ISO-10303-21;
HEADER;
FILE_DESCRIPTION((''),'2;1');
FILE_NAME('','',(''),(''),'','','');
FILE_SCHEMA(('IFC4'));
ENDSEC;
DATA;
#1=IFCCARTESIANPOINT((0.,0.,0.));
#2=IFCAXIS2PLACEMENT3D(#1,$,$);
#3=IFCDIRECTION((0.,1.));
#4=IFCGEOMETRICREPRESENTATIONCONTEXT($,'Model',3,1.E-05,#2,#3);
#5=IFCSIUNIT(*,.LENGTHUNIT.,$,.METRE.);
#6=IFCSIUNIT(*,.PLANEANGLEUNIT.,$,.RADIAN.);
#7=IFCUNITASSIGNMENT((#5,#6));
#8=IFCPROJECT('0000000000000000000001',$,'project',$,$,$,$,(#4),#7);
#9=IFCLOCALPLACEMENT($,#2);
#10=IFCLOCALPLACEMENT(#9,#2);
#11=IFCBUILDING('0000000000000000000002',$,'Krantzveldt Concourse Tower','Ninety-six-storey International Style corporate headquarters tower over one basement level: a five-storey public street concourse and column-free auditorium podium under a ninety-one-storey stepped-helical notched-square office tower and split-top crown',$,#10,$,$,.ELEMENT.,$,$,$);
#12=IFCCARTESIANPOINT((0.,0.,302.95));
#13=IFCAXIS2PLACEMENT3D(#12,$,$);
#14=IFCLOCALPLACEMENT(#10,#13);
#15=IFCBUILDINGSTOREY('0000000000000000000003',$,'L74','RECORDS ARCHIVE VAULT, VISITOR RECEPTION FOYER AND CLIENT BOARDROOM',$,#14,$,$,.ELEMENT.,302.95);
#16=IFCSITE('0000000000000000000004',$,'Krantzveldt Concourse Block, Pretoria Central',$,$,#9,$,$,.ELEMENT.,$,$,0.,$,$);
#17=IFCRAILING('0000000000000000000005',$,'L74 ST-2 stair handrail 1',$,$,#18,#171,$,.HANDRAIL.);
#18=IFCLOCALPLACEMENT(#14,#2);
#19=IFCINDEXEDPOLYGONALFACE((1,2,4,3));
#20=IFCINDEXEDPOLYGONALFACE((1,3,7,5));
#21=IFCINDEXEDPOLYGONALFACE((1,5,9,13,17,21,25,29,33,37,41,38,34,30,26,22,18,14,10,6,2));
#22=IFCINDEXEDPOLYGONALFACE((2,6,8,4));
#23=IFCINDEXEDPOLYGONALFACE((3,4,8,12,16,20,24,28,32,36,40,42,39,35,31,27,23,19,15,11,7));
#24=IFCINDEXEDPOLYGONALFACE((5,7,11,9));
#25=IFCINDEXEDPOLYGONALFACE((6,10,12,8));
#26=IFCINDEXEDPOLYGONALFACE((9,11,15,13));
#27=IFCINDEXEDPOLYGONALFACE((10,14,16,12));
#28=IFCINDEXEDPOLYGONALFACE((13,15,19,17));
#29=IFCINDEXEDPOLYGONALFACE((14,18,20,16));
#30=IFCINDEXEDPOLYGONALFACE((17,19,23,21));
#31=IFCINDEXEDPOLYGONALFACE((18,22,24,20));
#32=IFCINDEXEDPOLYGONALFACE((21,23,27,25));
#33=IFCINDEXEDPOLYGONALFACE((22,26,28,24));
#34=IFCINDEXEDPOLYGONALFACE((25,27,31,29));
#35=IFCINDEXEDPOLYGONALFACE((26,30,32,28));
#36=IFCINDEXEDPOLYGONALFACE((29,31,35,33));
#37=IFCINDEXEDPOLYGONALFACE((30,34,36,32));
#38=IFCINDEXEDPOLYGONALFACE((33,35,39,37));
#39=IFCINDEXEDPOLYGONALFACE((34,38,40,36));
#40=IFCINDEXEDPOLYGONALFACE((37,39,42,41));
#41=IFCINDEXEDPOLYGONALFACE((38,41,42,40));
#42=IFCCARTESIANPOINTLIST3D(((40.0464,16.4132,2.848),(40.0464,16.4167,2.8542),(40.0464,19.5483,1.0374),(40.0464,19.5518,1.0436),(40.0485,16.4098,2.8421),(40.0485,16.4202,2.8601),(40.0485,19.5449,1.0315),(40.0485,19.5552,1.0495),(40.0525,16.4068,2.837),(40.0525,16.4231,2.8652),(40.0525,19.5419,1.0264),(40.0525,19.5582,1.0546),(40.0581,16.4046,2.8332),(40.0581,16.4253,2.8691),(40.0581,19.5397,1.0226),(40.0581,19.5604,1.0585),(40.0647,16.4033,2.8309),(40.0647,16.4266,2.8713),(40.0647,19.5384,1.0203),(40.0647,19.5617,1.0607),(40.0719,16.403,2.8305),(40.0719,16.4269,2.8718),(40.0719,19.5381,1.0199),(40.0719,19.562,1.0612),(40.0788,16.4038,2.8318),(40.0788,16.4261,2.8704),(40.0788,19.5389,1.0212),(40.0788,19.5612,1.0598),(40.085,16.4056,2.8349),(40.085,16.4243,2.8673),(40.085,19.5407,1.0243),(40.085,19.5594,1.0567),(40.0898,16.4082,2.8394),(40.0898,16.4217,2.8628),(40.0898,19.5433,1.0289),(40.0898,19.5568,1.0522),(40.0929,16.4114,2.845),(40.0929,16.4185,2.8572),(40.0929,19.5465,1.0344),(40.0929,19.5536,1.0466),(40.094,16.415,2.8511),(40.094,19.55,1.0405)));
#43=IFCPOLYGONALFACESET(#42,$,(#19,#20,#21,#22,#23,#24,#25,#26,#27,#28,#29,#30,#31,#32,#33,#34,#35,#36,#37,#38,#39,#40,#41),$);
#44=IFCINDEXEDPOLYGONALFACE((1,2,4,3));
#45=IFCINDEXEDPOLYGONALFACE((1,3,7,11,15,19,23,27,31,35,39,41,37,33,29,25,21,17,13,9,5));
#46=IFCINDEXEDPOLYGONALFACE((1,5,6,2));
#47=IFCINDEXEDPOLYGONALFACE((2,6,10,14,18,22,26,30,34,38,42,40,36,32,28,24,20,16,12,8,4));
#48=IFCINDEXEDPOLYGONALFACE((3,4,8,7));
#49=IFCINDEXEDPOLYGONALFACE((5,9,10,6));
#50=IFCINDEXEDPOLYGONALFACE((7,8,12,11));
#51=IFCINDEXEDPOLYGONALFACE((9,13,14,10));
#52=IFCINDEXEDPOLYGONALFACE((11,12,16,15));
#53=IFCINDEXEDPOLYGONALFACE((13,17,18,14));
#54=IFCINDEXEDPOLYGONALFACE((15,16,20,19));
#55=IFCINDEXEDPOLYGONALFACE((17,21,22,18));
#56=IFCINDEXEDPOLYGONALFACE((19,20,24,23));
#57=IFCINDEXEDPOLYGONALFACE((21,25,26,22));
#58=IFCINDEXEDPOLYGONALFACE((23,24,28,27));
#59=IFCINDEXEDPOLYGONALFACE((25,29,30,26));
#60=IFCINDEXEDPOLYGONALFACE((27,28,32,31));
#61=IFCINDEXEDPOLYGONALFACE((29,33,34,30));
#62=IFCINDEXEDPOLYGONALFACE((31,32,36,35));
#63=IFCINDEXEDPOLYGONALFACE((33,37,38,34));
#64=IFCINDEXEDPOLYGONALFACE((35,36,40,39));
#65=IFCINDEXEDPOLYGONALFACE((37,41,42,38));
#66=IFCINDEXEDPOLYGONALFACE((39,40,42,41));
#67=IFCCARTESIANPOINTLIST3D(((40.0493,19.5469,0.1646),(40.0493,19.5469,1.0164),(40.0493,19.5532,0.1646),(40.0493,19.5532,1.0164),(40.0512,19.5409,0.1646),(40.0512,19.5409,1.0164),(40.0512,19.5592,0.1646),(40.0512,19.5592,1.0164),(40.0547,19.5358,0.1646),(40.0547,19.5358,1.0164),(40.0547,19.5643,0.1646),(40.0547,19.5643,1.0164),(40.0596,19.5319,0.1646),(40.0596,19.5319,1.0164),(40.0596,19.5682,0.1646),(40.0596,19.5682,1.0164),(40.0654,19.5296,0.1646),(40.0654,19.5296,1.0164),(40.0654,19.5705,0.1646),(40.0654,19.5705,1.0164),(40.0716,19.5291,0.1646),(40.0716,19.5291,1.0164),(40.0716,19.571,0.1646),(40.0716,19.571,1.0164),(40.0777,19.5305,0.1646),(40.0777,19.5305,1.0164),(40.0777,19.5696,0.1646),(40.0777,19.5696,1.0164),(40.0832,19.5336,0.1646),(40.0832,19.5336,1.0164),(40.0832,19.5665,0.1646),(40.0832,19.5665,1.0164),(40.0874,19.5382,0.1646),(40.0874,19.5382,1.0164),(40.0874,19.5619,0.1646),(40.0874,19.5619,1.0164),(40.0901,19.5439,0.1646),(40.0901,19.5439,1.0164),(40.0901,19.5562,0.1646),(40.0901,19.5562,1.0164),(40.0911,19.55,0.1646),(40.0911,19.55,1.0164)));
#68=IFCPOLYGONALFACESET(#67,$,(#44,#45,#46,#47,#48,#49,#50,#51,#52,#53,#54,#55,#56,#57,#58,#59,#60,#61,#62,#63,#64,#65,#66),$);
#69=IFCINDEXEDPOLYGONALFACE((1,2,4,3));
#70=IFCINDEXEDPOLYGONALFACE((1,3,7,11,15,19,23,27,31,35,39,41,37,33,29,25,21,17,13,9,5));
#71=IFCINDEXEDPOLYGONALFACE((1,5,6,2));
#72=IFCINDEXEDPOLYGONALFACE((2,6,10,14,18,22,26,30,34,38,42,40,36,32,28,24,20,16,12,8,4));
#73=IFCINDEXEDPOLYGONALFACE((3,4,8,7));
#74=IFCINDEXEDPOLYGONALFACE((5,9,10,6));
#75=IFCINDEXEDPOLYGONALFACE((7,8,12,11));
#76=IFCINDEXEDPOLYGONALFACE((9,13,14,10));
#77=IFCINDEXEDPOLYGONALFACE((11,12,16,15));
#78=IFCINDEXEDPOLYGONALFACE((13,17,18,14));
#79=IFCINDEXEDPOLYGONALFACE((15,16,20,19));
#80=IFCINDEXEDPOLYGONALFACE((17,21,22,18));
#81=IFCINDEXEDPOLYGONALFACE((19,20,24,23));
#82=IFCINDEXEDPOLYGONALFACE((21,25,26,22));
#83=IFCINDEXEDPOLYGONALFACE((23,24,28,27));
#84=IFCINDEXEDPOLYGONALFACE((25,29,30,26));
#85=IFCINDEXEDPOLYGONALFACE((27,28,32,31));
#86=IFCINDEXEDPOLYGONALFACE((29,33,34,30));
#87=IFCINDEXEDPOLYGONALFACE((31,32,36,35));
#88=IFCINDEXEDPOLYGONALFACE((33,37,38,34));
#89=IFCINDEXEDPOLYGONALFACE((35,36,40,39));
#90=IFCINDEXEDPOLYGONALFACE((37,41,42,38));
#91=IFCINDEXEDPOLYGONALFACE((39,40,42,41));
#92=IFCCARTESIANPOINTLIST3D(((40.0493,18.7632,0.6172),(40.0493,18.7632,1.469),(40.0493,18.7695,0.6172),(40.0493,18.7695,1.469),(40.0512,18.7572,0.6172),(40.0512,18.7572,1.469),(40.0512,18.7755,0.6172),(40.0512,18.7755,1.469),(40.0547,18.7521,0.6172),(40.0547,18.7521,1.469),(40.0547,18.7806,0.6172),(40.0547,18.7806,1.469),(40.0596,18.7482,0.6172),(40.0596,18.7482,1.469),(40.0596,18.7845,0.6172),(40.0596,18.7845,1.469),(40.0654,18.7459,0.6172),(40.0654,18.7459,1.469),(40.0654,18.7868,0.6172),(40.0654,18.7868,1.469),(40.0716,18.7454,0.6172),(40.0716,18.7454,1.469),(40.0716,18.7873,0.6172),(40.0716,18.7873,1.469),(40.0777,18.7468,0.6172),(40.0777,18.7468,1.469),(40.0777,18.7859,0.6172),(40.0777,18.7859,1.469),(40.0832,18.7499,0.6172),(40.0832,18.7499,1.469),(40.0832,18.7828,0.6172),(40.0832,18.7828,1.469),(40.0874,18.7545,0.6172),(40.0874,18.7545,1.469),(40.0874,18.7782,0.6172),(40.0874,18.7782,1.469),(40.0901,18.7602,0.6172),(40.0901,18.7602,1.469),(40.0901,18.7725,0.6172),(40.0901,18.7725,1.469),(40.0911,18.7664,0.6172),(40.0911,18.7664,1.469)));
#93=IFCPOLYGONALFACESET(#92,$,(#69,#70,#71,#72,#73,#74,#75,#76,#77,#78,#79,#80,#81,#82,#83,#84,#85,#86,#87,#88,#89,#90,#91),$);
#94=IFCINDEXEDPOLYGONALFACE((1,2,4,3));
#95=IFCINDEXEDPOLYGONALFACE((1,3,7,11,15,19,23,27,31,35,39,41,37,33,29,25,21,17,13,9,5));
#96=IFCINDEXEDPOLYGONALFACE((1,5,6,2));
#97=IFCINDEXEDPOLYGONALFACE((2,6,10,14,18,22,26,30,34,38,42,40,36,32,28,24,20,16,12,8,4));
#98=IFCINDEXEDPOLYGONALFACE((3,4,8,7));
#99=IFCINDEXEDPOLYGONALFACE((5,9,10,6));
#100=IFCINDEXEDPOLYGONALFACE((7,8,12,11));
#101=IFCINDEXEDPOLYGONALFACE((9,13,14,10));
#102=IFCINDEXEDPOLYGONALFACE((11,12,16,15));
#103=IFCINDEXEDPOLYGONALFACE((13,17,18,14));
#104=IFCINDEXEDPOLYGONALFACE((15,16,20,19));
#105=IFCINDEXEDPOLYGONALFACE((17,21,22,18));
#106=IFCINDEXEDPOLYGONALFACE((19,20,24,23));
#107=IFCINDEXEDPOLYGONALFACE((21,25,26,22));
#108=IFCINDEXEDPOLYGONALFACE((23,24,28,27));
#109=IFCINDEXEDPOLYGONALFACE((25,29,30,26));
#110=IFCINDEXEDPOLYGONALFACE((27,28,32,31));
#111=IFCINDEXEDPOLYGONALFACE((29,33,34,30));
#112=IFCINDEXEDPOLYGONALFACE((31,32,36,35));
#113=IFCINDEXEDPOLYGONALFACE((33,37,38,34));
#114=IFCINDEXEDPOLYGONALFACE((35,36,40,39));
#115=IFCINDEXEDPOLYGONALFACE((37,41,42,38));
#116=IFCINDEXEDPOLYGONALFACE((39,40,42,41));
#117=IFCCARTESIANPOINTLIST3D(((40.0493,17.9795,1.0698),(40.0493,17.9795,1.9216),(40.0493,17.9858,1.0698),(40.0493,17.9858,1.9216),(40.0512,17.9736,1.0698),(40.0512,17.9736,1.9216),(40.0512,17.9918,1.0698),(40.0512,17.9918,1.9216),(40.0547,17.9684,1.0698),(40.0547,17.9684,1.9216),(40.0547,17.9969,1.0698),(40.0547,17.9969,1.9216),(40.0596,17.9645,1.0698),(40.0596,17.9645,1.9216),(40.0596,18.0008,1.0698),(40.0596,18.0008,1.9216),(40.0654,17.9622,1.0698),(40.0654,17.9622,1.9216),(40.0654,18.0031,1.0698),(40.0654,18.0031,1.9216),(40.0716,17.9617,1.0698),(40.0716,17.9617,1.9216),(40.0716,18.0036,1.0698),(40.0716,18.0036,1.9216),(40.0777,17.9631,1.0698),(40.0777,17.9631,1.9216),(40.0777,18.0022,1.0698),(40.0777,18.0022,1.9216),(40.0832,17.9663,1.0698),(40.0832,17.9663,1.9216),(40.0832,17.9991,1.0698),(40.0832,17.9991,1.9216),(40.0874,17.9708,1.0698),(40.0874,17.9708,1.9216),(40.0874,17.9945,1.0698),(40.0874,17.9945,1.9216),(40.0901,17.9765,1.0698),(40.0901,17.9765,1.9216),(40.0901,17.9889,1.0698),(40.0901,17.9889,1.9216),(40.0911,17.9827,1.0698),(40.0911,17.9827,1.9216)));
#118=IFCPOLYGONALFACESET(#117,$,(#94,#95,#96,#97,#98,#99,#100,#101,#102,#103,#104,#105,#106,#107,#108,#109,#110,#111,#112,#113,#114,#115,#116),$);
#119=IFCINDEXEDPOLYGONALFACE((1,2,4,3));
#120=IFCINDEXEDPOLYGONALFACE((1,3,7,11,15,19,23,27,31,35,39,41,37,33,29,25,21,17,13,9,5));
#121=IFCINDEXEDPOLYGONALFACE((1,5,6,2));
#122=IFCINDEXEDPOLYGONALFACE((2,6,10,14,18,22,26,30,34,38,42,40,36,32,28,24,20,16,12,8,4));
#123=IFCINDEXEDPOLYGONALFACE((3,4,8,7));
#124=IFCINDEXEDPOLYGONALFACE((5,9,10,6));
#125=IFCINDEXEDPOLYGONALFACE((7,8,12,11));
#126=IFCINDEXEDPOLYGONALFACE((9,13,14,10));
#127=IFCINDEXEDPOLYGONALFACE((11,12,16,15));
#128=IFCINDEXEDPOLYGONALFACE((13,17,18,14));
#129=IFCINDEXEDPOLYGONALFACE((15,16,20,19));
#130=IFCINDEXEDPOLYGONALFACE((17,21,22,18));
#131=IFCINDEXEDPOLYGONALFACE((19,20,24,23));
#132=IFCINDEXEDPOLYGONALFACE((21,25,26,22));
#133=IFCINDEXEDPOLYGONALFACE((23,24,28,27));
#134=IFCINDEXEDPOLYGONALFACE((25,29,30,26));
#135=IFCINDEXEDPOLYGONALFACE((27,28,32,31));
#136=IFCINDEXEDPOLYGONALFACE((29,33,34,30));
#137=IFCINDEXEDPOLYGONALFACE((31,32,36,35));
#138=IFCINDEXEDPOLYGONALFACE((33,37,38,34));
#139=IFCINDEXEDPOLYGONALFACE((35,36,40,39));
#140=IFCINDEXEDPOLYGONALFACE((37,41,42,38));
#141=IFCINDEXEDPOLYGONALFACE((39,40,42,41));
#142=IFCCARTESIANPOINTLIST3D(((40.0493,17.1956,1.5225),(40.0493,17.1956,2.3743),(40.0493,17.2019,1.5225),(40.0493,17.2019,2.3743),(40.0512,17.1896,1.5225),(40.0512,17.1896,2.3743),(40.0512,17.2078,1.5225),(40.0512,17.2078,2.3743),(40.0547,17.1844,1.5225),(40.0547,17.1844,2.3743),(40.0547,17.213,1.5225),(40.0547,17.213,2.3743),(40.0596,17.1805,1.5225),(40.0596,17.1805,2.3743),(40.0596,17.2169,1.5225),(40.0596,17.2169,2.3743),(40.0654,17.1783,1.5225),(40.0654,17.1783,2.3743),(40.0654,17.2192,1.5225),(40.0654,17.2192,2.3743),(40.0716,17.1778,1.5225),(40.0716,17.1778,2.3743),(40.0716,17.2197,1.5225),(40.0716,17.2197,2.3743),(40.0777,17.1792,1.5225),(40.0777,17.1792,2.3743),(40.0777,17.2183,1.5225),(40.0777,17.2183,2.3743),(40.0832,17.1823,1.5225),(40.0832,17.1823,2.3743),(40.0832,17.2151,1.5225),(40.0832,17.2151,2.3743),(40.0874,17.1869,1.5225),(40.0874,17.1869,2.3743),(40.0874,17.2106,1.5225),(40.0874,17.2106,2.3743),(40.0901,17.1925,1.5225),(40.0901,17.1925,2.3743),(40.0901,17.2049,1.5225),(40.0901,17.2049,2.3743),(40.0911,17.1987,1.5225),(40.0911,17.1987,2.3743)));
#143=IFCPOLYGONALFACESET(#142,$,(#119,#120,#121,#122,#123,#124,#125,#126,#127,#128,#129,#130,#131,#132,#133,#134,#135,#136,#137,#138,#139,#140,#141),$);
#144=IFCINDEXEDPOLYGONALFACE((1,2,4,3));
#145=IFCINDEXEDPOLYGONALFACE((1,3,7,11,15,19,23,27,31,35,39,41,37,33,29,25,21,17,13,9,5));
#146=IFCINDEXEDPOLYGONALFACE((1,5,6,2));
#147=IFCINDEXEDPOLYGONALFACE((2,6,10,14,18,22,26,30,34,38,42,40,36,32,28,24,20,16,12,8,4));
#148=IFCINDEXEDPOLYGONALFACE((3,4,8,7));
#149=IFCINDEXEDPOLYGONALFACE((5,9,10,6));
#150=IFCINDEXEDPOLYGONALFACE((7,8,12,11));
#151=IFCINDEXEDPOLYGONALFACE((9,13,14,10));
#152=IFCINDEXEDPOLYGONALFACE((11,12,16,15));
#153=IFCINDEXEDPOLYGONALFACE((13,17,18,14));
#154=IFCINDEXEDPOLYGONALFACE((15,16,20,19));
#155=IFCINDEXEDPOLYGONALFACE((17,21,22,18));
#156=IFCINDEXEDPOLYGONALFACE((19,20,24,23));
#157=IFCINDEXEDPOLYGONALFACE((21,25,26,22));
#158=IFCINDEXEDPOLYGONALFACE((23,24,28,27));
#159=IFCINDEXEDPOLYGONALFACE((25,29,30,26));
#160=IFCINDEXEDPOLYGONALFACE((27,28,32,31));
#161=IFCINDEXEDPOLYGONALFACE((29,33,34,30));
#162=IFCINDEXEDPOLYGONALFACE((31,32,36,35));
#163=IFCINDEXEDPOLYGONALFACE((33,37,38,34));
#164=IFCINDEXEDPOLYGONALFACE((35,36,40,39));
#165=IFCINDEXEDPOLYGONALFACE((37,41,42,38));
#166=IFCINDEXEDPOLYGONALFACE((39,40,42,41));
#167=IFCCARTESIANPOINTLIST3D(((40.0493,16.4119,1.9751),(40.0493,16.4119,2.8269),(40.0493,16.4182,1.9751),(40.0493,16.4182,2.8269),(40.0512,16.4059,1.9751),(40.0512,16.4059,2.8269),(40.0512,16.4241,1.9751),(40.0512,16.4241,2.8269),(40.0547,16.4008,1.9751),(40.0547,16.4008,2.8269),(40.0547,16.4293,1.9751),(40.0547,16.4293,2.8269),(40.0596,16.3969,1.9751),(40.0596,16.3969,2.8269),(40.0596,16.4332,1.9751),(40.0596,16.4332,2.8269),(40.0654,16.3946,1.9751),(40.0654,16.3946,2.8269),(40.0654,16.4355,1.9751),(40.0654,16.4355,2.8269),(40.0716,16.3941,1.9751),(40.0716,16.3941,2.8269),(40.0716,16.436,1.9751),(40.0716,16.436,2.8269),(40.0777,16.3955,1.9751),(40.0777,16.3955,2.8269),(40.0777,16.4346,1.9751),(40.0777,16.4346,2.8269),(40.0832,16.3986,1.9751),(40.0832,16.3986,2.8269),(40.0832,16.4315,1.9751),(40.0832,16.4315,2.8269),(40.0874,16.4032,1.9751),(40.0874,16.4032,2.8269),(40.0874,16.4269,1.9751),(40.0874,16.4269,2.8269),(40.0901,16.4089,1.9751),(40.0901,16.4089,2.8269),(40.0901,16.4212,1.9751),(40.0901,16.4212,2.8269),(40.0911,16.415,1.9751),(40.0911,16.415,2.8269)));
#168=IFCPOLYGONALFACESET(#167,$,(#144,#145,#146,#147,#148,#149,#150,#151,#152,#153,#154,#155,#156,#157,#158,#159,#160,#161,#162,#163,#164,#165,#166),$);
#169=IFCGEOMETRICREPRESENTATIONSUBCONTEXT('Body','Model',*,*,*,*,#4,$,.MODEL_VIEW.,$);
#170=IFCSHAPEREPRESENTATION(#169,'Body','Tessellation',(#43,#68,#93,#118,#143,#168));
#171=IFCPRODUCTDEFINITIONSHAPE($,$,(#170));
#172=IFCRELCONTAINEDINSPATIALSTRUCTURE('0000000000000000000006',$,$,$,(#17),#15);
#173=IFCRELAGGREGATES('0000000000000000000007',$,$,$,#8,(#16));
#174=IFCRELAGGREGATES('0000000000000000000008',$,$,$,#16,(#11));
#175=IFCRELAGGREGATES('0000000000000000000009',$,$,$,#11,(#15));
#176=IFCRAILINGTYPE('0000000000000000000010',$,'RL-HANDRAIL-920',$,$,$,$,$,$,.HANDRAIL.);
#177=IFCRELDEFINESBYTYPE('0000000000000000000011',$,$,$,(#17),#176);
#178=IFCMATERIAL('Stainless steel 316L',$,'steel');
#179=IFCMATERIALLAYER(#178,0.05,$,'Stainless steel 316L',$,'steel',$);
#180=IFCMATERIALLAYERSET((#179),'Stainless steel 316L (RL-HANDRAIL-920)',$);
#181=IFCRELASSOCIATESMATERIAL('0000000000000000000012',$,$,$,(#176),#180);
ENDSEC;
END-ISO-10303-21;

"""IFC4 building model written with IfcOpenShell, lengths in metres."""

from ifc_helpers import new_model, si_unit, direction, frame, origin, origin_2d, place, context, subcontext, project, spatial, circle, extrude, material, layer, layer_set, type_object, element, save


model = new_model("IFC4")

# Units and contexts
model_context = context("Model", 3, precision=1e-05, world=origin(), true_north=direction((0.0, 1.0)))
body_context = subcontext(model_context, "Body", "Model", "MODEL_VIEW")
ifc_project = project(units=[si_unit("LENGTHUNIT", "METRE"), si_unit("PLANEANGLEUNIT", "RADIAN")], contexts=[model_context])

# Site, building, storey
site_placement = place(None, origin())
site = spatial("IfcSite", under=ifc_project, at=site_placement, Name="Krantzveldt Concourse Block, Pretoria Central", CompositionType="ELEMENT", RefElevation=0.0)
building_placement = place(site_placement, origin())
building = spatial("IfcBuilding", under=site, at=building_placement, Name="Krantzveldt Concourse Tower", Description="Ninety-six-storey International Style corporate headquarters tower over one basement level: a five-storey public street concourse and column-free auditorium podium under a ninety-one-storey stepped-helical notched-square office tower and split-top crown", CompositionType="ELEMENT")
storey_placement = place(building_placement, frame((0.0, 0.0, 302.95)))
storey = spatial("IfcBuildingStorey", under=building, at=storey_placement, Name="L74", Description="RECORDS ARCHIVE VAULT, VISITOR RECEPTION FOYER AND CLIENT BOARDROOM", CompositionType="ELEMENT", Elevation=302.95)

# Shared definitions
ifc_material_1 = material(Name="Stainless steel 316L", Category="steel")

# Railing
ifc_layer_1 = layer(ifc_material_1, 0.05, Name="Stainless steel 316L", Category="steel")
ifc_layer_set_1 = layer_set([ifc_layer_1], Name="Stainless steel 316L (RL-HANDRAIL-920)")
railing_type_1 = type_object("IfcRailingType", Name="RL-HANDRAIL-920", PredefinedType="HANDRAIL", material=ifc_layer_set_1)
railing_1_placement = place(storey_placement, frame((40.0701, 19.55, 0.1646)))
element("IfcRailing", 1, at=railing_1_placement, inside=storey, type_object=railing_type_1, Name="L74 ST-2 stair handrail 1", PredefinedType="HANDRAIL", context=body_context, shape_type="SweptSolid", body=[
    extrude(circle(Radius=0.0239, at=origin_2d()), frame((0.0, 0.0, 0.876), z_axis=(0.0, -0.86596, 0.500114), x_axis=(1.0, 0.0, 0.0)), (0.0, 0.0, 1.0), 3.6204),
    extrude(circle(Radius=0.021, at=origin_2d()), origin(), (0.0, 0.0, 1.0), 0.8518),
    extrude(circle(Radius=0.021, at=origin_2d()), frame((0.0, -0.7837, 0.4526)), (0.0, 0.0, 1.0), 0.8518),
    extrude(circle(Radius=0.021, at=origin_2d()), frame((0.0, -1.5674, 0.9053)), (0.0, 0.0, 1.0), 0.8518),
    extrude(circle(Radius=0.021, at=origin_2d()), frame((0.0, -2.3513, 1.3579)), (0.0, 0.0, 1.0), 0.8518),
    extrude(circle(Radius=0.021, at=origin_2d()), frame((0.0, -3.135, 1.8105)), (0.0, 0.0, 1.0), 0.8518),
])

save(model, "model.ifc")
